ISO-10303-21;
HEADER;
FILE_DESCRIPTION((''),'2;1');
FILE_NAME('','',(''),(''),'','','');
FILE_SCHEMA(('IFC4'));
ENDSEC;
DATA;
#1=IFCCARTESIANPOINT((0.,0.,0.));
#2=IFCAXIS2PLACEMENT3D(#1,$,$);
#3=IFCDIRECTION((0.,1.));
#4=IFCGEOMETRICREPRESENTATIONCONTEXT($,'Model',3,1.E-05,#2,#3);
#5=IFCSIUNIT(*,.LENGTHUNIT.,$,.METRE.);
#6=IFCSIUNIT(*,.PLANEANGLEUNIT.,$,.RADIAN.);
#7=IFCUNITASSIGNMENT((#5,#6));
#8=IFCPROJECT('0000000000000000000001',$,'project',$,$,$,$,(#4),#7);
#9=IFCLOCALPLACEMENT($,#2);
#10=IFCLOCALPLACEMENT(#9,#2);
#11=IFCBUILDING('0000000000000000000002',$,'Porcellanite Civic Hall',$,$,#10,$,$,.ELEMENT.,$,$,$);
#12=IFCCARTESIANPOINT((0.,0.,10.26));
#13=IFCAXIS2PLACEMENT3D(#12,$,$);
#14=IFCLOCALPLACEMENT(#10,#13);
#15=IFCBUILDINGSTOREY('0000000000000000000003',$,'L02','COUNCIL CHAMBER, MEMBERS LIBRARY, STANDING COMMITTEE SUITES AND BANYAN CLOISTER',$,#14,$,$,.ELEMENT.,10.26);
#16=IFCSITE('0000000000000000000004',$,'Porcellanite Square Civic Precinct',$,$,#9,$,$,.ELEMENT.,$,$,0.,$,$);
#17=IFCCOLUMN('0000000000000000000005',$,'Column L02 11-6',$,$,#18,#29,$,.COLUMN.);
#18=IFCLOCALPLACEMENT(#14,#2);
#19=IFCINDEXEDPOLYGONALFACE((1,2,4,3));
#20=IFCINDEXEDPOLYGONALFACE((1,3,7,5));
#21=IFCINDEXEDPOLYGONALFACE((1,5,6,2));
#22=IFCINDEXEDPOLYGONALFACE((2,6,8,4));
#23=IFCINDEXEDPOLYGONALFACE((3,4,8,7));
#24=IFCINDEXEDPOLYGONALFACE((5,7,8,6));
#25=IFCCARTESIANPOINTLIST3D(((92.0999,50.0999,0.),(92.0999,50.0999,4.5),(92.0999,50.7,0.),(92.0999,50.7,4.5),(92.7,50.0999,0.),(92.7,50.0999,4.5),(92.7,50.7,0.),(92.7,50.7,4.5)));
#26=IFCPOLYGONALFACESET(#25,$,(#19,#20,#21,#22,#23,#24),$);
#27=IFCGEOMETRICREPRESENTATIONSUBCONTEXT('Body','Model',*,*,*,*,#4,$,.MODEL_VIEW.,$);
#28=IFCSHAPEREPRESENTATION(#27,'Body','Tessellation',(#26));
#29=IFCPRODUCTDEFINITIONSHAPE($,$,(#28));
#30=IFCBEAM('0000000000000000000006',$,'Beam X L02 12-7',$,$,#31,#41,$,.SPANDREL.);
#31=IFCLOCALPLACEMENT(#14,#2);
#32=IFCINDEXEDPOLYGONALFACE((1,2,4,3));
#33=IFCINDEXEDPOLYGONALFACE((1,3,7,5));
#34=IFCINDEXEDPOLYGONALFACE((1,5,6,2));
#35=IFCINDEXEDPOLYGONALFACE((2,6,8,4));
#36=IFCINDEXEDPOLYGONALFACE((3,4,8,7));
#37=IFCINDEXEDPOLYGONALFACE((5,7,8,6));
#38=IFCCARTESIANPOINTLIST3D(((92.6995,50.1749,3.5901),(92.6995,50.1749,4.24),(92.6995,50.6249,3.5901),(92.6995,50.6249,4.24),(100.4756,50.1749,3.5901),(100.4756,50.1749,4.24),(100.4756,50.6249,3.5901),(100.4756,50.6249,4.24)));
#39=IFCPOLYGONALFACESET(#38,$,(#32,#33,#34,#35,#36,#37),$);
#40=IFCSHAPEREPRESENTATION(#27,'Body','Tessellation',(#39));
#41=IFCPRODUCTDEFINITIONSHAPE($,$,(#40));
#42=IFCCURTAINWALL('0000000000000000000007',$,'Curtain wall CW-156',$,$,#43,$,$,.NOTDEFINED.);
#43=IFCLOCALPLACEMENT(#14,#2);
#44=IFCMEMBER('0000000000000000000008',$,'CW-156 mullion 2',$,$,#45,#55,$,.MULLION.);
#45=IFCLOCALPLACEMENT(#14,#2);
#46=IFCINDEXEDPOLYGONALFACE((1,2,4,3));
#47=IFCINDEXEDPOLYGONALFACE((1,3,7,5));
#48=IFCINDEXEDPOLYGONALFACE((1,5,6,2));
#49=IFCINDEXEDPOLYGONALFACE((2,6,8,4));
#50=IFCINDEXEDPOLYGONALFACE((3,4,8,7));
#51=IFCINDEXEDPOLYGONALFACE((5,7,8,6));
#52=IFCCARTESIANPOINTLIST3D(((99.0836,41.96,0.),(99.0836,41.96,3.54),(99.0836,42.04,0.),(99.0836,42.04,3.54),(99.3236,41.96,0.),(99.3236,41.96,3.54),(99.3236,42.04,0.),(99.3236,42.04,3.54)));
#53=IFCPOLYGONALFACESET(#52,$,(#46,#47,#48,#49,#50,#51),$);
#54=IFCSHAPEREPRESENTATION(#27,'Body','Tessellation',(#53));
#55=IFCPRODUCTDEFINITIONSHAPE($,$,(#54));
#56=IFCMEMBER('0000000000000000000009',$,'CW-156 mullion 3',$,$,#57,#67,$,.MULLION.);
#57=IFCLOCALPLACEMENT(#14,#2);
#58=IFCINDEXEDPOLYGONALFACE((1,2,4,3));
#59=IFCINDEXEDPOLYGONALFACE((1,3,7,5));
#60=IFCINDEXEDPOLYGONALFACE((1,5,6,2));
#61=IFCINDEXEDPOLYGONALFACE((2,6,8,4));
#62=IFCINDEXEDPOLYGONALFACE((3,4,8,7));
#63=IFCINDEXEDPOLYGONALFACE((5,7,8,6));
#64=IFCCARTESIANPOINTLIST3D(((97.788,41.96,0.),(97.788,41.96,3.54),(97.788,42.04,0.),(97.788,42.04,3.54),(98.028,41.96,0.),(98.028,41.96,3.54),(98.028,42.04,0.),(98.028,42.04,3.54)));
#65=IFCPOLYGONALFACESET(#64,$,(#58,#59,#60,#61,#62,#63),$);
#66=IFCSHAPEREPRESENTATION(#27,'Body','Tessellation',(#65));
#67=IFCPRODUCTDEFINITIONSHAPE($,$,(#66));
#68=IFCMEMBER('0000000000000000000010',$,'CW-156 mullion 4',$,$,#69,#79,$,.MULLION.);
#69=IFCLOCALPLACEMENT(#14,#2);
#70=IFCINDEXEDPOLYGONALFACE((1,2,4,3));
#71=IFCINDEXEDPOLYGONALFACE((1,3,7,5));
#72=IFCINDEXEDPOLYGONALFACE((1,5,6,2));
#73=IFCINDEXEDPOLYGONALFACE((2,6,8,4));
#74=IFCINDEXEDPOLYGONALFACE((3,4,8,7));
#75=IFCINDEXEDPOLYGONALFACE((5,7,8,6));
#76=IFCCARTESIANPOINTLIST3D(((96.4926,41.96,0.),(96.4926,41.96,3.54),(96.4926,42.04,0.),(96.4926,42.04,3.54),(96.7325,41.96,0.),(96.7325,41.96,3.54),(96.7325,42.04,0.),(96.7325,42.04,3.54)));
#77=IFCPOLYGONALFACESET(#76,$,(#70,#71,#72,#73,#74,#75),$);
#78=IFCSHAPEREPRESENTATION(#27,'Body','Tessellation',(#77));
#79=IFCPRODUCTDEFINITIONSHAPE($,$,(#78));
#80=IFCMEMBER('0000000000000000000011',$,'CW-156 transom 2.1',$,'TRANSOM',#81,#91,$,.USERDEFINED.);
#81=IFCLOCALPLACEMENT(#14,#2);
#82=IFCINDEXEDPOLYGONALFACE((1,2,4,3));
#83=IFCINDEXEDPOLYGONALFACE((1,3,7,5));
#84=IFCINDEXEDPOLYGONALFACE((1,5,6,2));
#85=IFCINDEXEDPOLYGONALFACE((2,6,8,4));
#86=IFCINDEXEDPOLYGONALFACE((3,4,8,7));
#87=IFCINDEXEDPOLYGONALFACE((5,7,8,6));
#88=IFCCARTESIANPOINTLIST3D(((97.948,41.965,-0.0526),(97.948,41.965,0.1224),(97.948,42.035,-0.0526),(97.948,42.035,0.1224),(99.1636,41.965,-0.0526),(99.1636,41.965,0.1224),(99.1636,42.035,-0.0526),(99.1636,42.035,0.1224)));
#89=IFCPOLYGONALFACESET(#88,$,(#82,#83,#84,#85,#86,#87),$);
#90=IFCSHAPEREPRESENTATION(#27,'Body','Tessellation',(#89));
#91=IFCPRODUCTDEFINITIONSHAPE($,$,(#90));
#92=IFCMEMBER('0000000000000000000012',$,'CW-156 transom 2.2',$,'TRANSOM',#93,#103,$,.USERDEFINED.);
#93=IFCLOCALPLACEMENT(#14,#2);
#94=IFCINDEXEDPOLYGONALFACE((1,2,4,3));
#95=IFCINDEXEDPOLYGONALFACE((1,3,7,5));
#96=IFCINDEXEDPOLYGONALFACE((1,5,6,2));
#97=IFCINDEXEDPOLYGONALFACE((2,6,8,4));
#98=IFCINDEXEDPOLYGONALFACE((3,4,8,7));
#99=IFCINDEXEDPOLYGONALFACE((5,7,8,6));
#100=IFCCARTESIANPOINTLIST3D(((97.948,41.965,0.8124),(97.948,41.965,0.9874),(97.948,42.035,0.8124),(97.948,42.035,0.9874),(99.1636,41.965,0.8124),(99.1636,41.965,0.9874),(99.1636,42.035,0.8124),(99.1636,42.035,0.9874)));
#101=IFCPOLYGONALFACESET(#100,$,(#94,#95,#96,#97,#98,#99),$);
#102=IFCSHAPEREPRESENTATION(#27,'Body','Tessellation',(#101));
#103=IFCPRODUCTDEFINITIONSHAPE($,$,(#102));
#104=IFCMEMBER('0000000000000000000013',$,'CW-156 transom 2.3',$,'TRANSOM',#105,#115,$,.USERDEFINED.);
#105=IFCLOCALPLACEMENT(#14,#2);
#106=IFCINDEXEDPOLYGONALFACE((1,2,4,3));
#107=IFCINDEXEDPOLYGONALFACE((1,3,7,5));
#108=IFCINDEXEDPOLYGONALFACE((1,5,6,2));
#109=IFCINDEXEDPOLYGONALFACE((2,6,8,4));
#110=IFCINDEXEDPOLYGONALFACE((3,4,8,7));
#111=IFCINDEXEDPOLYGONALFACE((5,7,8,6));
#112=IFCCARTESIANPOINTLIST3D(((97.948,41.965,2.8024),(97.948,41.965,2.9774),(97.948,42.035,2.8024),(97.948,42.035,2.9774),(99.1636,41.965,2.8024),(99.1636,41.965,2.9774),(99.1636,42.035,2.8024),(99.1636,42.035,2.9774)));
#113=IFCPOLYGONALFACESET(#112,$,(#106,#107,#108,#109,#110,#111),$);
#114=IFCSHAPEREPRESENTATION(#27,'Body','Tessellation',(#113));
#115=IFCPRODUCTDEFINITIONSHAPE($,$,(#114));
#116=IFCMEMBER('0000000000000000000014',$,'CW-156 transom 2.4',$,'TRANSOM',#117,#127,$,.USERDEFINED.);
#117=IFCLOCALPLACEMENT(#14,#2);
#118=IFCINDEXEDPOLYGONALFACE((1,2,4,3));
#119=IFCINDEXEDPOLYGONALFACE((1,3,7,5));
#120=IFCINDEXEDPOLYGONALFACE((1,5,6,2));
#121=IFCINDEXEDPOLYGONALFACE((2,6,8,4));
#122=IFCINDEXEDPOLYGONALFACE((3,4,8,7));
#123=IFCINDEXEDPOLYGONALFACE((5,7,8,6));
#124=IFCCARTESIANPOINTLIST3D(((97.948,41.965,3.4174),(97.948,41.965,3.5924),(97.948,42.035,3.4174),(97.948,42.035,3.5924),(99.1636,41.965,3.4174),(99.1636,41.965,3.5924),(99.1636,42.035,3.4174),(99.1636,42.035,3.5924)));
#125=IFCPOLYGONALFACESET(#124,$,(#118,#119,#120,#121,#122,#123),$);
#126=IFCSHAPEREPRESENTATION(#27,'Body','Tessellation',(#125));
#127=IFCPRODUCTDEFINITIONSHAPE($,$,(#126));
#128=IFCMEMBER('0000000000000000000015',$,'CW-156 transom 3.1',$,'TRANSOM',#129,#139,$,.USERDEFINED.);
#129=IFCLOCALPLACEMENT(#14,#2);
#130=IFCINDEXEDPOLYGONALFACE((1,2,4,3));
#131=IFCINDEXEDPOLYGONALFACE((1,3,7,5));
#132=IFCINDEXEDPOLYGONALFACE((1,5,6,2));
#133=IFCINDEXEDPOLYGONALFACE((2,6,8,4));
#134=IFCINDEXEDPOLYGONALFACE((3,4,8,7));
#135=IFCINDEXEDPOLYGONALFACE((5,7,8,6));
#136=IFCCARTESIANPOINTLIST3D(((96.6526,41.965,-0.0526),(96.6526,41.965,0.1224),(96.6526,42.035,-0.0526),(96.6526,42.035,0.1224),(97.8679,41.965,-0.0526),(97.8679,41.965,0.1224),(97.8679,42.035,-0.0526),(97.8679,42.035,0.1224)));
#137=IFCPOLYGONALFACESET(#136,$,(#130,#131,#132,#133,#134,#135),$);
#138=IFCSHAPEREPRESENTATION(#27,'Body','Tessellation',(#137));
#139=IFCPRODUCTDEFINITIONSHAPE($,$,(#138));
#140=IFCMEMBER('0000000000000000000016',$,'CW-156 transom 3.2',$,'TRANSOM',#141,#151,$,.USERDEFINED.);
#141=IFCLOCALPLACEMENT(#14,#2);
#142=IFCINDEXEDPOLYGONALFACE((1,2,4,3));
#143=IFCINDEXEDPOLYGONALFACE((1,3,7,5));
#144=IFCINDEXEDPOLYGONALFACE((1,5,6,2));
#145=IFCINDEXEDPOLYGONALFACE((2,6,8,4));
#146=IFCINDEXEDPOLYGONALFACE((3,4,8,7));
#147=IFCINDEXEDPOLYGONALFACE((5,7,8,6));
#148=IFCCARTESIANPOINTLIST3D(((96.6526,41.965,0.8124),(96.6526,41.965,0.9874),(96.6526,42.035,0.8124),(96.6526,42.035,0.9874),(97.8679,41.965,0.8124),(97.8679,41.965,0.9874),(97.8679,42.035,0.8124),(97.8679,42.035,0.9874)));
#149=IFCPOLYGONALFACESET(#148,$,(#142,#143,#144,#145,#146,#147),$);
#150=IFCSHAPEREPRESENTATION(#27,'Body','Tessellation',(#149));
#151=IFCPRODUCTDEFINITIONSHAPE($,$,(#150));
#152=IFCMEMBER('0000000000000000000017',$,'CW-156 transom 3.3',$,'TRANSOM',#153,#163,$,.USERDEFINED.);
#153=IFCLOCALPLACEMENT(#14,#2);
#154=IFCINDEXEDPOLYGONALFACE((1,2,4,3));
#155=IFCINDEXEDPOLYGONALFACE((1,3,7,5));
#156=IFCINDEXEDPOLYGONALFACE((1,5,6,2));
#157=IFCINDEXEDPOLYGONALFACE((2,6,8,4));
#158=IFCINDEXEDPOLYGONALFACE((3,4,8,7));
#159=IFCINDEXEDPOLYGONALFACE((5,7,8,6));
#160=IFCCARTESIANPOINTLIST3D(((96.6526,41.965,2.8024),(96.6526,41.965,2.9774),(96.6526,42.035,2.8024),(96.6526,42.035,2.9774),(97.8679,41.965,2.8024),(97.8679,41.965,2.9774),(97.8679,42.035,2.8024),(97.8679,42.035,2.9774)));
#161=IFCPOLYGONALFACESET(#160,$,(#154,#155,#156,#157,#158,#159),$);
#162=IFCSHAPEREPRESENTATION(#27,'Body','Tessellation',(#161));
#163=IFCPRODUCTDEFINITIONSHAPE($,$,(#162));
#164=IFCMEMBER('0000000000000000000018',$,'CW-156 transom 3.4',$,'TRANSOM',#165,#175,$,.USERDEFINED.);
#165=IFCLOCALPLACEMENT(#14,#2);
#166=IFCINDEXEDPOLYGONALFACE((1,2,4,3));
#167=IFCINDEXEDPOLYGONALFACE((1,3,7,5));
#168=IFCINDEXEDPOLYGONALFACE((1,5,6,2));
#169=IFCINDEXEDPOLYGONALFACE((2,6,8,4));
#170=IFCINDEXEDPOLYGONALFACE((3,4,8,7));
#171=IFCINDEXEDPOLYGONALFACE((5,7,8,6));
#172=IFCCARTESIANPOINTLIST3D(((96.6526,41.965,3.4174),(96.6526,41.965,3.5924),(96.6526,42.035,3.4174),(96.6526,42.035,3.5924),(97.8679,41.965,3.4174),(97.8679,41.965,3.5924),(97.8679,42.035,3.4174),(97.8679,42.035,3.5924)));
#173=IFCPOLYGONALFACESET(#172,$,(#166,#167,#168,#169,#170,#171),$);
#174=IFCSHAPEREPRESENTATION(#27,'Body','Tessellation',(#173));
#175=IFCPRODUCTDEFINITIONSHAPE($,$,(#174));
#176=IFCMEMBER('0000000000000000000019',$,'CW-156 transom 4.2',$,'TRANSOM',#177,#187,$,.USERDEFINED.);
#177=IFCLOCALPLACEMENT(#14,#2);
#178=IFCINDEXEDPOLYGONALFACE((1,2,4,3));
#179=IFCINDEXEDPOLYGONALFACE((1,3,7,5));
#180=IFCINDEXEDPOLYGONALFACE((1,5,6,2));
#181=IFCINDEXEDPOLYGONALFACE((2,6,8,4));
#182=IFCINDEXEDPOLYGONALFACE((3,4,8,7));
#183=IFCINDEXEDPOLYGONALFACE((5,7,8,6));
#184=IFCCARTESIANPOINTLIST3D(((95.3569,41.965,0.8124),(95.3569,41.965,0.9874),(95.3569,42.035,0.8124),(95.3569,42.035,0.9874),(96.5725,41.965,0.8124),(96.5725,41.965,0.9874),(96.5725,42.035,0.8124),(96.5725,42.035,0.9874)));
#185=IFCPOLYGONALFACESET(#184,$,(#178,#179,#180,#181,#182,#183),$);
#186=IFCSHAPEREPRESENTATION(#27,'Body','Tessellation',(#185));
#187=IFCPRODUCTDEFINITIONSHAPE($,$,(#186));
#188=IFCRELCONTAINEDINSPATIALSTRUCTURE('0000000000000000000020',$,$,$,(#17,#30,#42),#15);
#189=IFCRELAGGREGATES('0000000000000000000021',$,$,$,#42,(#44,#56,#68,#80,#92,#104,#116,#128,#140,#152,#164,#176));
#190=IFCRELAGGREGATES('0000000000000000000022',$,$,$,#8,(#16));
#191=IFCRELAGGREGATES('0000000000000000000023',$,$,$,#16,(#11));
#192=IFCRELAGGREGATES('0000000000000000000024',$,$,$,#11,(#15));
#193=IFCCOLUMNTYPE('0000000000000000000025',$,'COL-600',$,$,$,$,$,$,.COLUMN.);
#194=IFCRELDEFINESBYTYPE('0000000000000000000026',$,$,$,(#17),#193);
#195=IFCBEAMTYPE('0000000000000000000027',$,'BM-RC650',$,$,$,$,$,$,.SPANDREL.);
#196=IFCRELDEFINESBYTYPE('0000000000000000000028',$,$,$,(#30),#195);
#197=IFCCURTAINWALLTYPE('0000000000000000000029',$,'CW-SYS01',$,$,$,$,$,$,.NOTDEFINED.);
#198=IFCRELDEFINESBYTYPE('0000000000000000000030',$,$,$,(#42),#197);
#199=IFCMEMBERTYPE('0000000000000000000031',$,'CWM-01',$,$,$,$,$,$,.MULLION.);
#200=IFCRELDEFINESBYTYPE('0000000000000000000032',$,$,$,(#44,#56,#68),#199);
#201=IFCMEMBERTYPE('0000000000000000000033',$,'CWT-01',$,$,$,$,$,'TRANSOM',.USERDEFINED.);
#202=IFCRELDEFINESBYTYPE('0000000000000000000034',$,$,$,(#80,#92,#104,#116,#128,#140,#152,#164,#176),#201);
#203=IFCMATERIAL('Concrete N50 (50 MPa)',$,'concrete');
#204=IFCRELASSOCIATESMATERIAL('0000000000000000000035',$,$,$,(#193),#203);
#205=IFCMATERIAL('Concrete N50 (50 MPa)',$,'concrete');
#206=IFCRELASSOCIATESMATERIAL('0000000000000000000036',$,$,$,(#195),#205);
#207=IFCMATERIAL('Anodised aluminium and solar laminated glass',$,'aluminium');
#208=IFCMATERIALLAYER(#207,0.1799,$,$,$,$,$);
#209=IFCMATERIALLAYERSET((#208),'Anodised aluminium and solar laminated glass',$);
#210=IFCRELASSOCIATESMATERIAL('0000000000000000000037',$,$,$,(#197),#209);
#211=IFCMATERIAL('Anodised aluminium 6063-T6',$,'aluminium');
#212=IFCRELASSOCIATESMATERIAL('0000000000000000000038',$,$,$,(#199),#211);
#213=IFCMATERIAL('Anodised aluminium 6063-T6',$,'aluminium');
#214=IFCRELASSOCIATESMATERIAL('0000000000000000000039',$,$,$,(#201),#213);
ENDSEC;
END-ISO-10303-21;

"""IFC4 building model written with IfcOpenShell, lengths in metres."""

from ifc_helpers import new_model, si_unit, direction, frame, origin, origin_2d, place, context, subcontext, project, spatial, rectangle, extrude, material, layer, layer_set, material_profile, profile_set, type_object, element, aggregate, save


model = new_model("IFC4")

# Units and contexts
model_context = context("Model", 3, precision=1e-05, world=origin(), true_north=direction((0.0, 1.0)))
body_context = subcontext(model_context, "Body", "Model", "MODEL_VIEW")
ifc_project = project(units=[si_unit("LENGTHUNIT", "METRE"), si_unit("PLANEANGLEUNIT", "RADIAN")], contexts=[model_context])

# Site, building, storey
site_placement = place(None, origin())
site = spatial("IfcSite", under=ifc_project, at=site_placement, Name="Porcellanite Square Civic Precinct", CompositionType="ELEMENT", RefElevation=0.0)
building_placement = place(site_placement, origin())
building = spatial("IfcBuilding", under=site, at=building_placement, Name="Porcellanite Civic Hall", CompositionType="ELEMENT")
storey_placement = place(building_placement, frame((0.0, 0.0, 10.26)))
storey = spatial("IfcBuildingStorey", under=building, at=storey_placement, Name="L02", Description="COUNCIL CHAMBER, MEMBERS LIBRARY, STANDING COMMITTEE SUITES AND BANYAN CLOISTER", CompositionType="ELEMENT", Elevation=10.26)

# Column
ifc_material_1 = material(Name="Concrete N50 (50 MPa)", Category="concrete")
ifc_material_profile_1 = material_profile(ifc_material_1, rectangle(XDim=0.6001, YDim=0.6001, at=origin_2d()), Name="RC-600x600")
ifc_profile_set_1 = profile_set([ifc_material_profile_1], Name="Concrete N50 (50 MPa)")
column_type = type_object("IfcColumnType", Name="COL-600", PredefinedType="COLUMN", material=ifc_profile_set_1)
column_placement = place(storey_placement, frame((92.3999, 50.3999, 0.0), z_axis=(0.0, 0.0, 1.0), x_axis=(1.0, 0.0, 0.0)))
element("IfcColumn", 1, at=column_placement, inside=storey, type_object=column_type, Name="Column L02 11-6", PredefinedType="COLUMN", context=body_context, shape_type="SweptSolid", body=[
    extrude(rectangle(XDim=0.6001, YDim=0.6001, at=origin_2d()), origin(), (0.0, 0.0, 1.0), 4.5),
])

# Beam
ifc_material_2 = material(Name="Concrete N50 (50 MPa)", Category="concrete")
ifc_material_profile_2 = material_profile(ifc_material_2, rectangle(XDim=0.45, YDim=0.6499, at=origin_2d()), Name="RC-450x650")
ifc_profile_set_2 = profile_set([ifc_material_profile_2], Name="Concrete N50 (50 MPa)")
beam_type_1 = type_object("IfcBeamType", Name="BM-RC650", PredefinedType="SPANDREL", material=ifc_profile_set_2)
beam_1_placement = place(storey_placement, frame((92.6995, 50.3999, 3.915), z_axis=(1.0, 0.0, 0.0), x_axis=(0.0, 1.0, 0.0)))
element("IfcBeam", 2, at=beam_1_placement, inside=storey, type_object=beam_type_1, Name="Beam X L02 12-7", PredefinedType="SPANDREL", context=body_context, shape_type="SweptSolid", body=[
    extrude(rectangle(XDim=0.45, YDim=0.6499, at=origin_2d()), origin(), (0.0, 0.0, 1.0), 7.7761),
])

# Curtain wall, members
ifc_material_3 = material(Name="Anodised aluminium and solar laminated glass", Category="aluminium")
ifc_layer_1 = layer(ifc_material_3, 0.1799)
ifc_layer_set_1 = layer_set([ifc_layer_1], Name="Anodised aluminium and solar laminated glass")
curtain_wall_type = type_object("IfcCurtainWallType", Name="CW-SYS01", PredefinedType="NOTDEFINED", material=ifc_layer_set_1)
curtain_wall_placement = place(storey_placement, origin())
curtain_wall = element("IfcCurtainWall", 3, at=curtain_wall_placement, inside=storey, type_object=curtain_wall_type, Name="Curtain wall CW-156", PredefinedType="NOTDEFINED")
ifc_material_4 = material(Name="Anodised aluminium 6063-T6", Category="aluminium")
ifc_material_profile_3 = material_profile(ifc_material_4, rectangle(XDim=0.0801, YDim=0.24, at=origin_2d()), Name="AL-80x240")
ifc_profile_set_3 = profile_set([ifc_material_profile_3], Name="Anodised aluminium 6063-T6")
member_type_1 = type_object("IfcMemberType", Name="CWM-01", PredefinedType="MULLION", material=ifc_profile_set_3)
member_1_placement = place(storey_placement, frame((99.2036, 42.0, 0.0), z_axis=(0.0, 0.0, 1.0), x_axis=(0.0, -1.0, 0.0)))
member_1 = element("IfcMember", 4, at=member_1_placement, type_object=member_type_1, Name="CW-156 mullion 2", PredefinedType="MULLION", context=body_context, shape_type="SweptSolid", body=[
    extrude(rectangle(XDim=0.0801, YDim=0.24, at=origin_2d()), origin(), (0.0, 0.0, 1.0), 3.54),
])
member_2_placement = place(storey_placement, frame((97.908, 42.0, 0.0), z_axis=(0.0, 0.0, 1.0), x_axis=(0.0, -1.0, 0.0)))
member_2 = element("IfcMember", 5, at=member_2_placement, type_object=member_type_1, Name="CW-156 mullion 3", PredefinedType="MULLION", context=body_context, shape_type="SweptSolid", body=[
    extrude(rectangle(XDim=0.0801, YDim=0.24, at=origin_2d()), origin(), (0.0, 0.0, 1.0), 3.54),
])
member_3_placement = place(storey_placement, frame((96.6125, 42.0, 0.0), z_axis=(0.0, 0.0, 1.0), x_axis=(0.0, -1.0, 0.0)))
member_3 = element("IfcMember", 6, at=member_3_placement, type_object=member_type_1, Name="CW-156 mullion 4", PredefinedType="MULLION", context=body_context, shape_type="SweptSolid", body=[
    extrude(rectangle(XDim=0.0801, YDim=0.24, at=origin_2d()), origin(), (0.0, 0.0, 1.0), 3.54),
])
ifc_material_5 = material(Name="Anodised aluminium 6063-T6", Category="aluminium")
ifc_material_profile_4 = material_profile(ifc_material_5, rectangle(XDim=0.0701, YDim=0.175, at=origin_2d()), Name="AL-70x175")
ifc_profile_set_4 = profile_set([ifc_material_profile_4], Name="Anodised aluminium 6063-T6")
member_type_2 = type_object("IfcMemberType", Name="CWT-01", ElementType="TRANSOM", PredefinedType="USERDEFINED", material=ifc_profile_set_4)
member_4_placement = place(storey_placement, frame((99.1636, 42.0, 0.0349), z_axis=(-1.0, 0.0, 0.0), x_axis=(0.0, -1.0, 0.0)))
member_4 = element("IfcMember", 7, at=member_4_placement, type_object=member_type_2, Name="CW-156 transom 2.1", ObjectType="TRANSOM", PredefinedType="USERDEFINED", context=body_context, shape_type="SweptSolid", body=[
    extrude(rectangle(XDim=0.0701, YDim=0.175, at=origin_2d()), origin(), (0.0, 0.0, 1.0), 1.2156),
])
member_5_placement = place(storey_placement, frame((99.1636, 42.0, 0.8999), z_axis=(-1.0, 0.0, 0.0), x_axis=(0.0, -1.0, 0.0)))
member_5 = element("IfcMember", 8, at=member_5_placement, type_object=member_type_2, Name="CW-156 transom 2.2", ObjectType="TRANSOM", PredefinedType="USERDEFINED", context=body_context, shape_type="SweptSolid", body=[
    extrude(rectangle(XDim=0.0701, YDim=0.175, at=origin_2d()), origin(), (0.0, 0.0, 1.0), 1.2156),
])
member_6_placement = place(storey_placement, frame((99.1636, 42.0, 2.8899), z_axis=(-1.0, 0.0, 0.0), x_axis=(0.0, -1.0, 0.0)))
member_6 = element("IfcMember", 9, at=member_6_placement, type_object=member_type_2, Name="CW-156 transom 2.3", ObjectType="TRANSOM", PredefinedType="USERDEFINED", context=body_context, shape_type="SweptSolid", body=[
    extrude(rectangle(XDim=0.0701, YDim=0.175, at=origin_2d()), origin(), (0.0, 0.0, 1.0), 1.2156),
])
member_7_placement = place(storey_placement, frame((99.1636, 42.0, 3.5049), z_axis=(-1.0, 0.0, 0.0), x_axis=(0.0, -1.0, 0.0)))
member_7 = element("IfcMember", 10, at=member_7_placement, type_object=member_type_2, Name="CW-156 transom 2.4", ObjectType="TRANSOM", PredefinedType="USERDEFINED", context=body_context, shape_type="SweptSolid", body=[
    extrude(rectangle(XDim=0.0701, YDim=0.175, at=origin_2d()), origin(), (0.0, 0.0, 1.0), 1.2156),
])
member_8_placement = place(storey_placement, frame((97.8679, 42.0, 0.0349), z_axis=(-1.0, 0.0, 0.0), x_axis=(0.0, -1.0, 0.0)))
member_8 = element("IfcMember", 11, at=member_8_placement, type_object=member_type_2, Name="CW-156 transom 3.1", ObjectType="TRANSOM", PredefinedType="USERDEFINED", context=body_context, shape_type="SweptSolid", body=[
    extrude(rectangle(XDim=0.0701, YDim=0.175, at=origin_2d()), origin(), (0.0, 0.0, 1.0), 1.2153),
])
member_9_placement = place(storey_placement, frame((97.8679, 42.0, 0.8999), z_axis=(-1.0, 0.0, 0.0), x_axis=(0.0, -1.0, 0.0)))
member_9 = element("IfcMember", 12, at=member_9_placement, type_object=member_type_2, Name="CW-156 transom 3.2", ObjectType="TRANSOM", PredefinedType="USERDEFINED", context=body_context, shape_type="SweptSolid", body=[
    extrude(rectangle(XDim=0.0701, YDim=0.175, at=origin_2d()), origin(), (0.0, 0.0, 1.0), 1.2153),
])
member_10_placement = place(storey_placement, frame((97.8679, 42.0, 2.8899), z_axis=(-1.0, 0.0, 0.0), x_axis=(0.0, -1.0, 0.0)))
member_10 = element("IfcMember", 13, at=member_10_placement, type_object=member_type_2, Name="CW-156 transom 3.3", ObjectType="TRANSOM", PredefinedType="USERDEFINED", context=body_context, shape_type="SweptSolid", body=[
    extrude(rectangle(XDim=0.0701, YDim=0.175, at=origin_2d()), origin(), (0.0, 0.0, 1.0), 1.2153),
])
member_11_placement = place(storey_placement, frame((97.8679, 42.0, 3.5049), z_axis=(-1.0, 0.0, 0.0), x_axis=(0.0, -1.0, 0.0)))
member_11 = element("IfcMember", 14, at=member_11_placement, type_object=member_type_2, Name="CW-156 transom 3.4", ObjectType="TRANSOM", PredefinedType="USERDEFINED", context=body_context, shape_type="SweptSolid", body=[
    extrude(rectangle(XDim=0.0701, YDim=0.175, at=origin_2d()), origin(), (0.0, 0.0, 1.0), 1.2153),
])
member_12_placement = place(storey_placement, frame((96.5725, 42.0, 0.8999), z_axis=(-1.0, 0.0, 0.0), x_axis=(0.0, -1.0, 0.0)))
member_12 = element("IfcMember", 15, at=member_12_placement, type_object=member_type_2, Name="CW-156 transom 4.2", ObjectType="TRANSOM", PredefinedType="USERDEFINED", context=body_context, shape_type="SweptSolid", body=[
    extrude(rectangle(XDim=0.0701, YDim=0.175, at=origin_2d()), origin(), (0.0, 0.0, 1.0), 1.2156),
])

aggregate(curtain_wall, [member_1, member_2, member_3, member_4, member_5, member_6, member_7, member_8, member_9, member_10, member_11, member_12])

save(model, "model.ifc")
